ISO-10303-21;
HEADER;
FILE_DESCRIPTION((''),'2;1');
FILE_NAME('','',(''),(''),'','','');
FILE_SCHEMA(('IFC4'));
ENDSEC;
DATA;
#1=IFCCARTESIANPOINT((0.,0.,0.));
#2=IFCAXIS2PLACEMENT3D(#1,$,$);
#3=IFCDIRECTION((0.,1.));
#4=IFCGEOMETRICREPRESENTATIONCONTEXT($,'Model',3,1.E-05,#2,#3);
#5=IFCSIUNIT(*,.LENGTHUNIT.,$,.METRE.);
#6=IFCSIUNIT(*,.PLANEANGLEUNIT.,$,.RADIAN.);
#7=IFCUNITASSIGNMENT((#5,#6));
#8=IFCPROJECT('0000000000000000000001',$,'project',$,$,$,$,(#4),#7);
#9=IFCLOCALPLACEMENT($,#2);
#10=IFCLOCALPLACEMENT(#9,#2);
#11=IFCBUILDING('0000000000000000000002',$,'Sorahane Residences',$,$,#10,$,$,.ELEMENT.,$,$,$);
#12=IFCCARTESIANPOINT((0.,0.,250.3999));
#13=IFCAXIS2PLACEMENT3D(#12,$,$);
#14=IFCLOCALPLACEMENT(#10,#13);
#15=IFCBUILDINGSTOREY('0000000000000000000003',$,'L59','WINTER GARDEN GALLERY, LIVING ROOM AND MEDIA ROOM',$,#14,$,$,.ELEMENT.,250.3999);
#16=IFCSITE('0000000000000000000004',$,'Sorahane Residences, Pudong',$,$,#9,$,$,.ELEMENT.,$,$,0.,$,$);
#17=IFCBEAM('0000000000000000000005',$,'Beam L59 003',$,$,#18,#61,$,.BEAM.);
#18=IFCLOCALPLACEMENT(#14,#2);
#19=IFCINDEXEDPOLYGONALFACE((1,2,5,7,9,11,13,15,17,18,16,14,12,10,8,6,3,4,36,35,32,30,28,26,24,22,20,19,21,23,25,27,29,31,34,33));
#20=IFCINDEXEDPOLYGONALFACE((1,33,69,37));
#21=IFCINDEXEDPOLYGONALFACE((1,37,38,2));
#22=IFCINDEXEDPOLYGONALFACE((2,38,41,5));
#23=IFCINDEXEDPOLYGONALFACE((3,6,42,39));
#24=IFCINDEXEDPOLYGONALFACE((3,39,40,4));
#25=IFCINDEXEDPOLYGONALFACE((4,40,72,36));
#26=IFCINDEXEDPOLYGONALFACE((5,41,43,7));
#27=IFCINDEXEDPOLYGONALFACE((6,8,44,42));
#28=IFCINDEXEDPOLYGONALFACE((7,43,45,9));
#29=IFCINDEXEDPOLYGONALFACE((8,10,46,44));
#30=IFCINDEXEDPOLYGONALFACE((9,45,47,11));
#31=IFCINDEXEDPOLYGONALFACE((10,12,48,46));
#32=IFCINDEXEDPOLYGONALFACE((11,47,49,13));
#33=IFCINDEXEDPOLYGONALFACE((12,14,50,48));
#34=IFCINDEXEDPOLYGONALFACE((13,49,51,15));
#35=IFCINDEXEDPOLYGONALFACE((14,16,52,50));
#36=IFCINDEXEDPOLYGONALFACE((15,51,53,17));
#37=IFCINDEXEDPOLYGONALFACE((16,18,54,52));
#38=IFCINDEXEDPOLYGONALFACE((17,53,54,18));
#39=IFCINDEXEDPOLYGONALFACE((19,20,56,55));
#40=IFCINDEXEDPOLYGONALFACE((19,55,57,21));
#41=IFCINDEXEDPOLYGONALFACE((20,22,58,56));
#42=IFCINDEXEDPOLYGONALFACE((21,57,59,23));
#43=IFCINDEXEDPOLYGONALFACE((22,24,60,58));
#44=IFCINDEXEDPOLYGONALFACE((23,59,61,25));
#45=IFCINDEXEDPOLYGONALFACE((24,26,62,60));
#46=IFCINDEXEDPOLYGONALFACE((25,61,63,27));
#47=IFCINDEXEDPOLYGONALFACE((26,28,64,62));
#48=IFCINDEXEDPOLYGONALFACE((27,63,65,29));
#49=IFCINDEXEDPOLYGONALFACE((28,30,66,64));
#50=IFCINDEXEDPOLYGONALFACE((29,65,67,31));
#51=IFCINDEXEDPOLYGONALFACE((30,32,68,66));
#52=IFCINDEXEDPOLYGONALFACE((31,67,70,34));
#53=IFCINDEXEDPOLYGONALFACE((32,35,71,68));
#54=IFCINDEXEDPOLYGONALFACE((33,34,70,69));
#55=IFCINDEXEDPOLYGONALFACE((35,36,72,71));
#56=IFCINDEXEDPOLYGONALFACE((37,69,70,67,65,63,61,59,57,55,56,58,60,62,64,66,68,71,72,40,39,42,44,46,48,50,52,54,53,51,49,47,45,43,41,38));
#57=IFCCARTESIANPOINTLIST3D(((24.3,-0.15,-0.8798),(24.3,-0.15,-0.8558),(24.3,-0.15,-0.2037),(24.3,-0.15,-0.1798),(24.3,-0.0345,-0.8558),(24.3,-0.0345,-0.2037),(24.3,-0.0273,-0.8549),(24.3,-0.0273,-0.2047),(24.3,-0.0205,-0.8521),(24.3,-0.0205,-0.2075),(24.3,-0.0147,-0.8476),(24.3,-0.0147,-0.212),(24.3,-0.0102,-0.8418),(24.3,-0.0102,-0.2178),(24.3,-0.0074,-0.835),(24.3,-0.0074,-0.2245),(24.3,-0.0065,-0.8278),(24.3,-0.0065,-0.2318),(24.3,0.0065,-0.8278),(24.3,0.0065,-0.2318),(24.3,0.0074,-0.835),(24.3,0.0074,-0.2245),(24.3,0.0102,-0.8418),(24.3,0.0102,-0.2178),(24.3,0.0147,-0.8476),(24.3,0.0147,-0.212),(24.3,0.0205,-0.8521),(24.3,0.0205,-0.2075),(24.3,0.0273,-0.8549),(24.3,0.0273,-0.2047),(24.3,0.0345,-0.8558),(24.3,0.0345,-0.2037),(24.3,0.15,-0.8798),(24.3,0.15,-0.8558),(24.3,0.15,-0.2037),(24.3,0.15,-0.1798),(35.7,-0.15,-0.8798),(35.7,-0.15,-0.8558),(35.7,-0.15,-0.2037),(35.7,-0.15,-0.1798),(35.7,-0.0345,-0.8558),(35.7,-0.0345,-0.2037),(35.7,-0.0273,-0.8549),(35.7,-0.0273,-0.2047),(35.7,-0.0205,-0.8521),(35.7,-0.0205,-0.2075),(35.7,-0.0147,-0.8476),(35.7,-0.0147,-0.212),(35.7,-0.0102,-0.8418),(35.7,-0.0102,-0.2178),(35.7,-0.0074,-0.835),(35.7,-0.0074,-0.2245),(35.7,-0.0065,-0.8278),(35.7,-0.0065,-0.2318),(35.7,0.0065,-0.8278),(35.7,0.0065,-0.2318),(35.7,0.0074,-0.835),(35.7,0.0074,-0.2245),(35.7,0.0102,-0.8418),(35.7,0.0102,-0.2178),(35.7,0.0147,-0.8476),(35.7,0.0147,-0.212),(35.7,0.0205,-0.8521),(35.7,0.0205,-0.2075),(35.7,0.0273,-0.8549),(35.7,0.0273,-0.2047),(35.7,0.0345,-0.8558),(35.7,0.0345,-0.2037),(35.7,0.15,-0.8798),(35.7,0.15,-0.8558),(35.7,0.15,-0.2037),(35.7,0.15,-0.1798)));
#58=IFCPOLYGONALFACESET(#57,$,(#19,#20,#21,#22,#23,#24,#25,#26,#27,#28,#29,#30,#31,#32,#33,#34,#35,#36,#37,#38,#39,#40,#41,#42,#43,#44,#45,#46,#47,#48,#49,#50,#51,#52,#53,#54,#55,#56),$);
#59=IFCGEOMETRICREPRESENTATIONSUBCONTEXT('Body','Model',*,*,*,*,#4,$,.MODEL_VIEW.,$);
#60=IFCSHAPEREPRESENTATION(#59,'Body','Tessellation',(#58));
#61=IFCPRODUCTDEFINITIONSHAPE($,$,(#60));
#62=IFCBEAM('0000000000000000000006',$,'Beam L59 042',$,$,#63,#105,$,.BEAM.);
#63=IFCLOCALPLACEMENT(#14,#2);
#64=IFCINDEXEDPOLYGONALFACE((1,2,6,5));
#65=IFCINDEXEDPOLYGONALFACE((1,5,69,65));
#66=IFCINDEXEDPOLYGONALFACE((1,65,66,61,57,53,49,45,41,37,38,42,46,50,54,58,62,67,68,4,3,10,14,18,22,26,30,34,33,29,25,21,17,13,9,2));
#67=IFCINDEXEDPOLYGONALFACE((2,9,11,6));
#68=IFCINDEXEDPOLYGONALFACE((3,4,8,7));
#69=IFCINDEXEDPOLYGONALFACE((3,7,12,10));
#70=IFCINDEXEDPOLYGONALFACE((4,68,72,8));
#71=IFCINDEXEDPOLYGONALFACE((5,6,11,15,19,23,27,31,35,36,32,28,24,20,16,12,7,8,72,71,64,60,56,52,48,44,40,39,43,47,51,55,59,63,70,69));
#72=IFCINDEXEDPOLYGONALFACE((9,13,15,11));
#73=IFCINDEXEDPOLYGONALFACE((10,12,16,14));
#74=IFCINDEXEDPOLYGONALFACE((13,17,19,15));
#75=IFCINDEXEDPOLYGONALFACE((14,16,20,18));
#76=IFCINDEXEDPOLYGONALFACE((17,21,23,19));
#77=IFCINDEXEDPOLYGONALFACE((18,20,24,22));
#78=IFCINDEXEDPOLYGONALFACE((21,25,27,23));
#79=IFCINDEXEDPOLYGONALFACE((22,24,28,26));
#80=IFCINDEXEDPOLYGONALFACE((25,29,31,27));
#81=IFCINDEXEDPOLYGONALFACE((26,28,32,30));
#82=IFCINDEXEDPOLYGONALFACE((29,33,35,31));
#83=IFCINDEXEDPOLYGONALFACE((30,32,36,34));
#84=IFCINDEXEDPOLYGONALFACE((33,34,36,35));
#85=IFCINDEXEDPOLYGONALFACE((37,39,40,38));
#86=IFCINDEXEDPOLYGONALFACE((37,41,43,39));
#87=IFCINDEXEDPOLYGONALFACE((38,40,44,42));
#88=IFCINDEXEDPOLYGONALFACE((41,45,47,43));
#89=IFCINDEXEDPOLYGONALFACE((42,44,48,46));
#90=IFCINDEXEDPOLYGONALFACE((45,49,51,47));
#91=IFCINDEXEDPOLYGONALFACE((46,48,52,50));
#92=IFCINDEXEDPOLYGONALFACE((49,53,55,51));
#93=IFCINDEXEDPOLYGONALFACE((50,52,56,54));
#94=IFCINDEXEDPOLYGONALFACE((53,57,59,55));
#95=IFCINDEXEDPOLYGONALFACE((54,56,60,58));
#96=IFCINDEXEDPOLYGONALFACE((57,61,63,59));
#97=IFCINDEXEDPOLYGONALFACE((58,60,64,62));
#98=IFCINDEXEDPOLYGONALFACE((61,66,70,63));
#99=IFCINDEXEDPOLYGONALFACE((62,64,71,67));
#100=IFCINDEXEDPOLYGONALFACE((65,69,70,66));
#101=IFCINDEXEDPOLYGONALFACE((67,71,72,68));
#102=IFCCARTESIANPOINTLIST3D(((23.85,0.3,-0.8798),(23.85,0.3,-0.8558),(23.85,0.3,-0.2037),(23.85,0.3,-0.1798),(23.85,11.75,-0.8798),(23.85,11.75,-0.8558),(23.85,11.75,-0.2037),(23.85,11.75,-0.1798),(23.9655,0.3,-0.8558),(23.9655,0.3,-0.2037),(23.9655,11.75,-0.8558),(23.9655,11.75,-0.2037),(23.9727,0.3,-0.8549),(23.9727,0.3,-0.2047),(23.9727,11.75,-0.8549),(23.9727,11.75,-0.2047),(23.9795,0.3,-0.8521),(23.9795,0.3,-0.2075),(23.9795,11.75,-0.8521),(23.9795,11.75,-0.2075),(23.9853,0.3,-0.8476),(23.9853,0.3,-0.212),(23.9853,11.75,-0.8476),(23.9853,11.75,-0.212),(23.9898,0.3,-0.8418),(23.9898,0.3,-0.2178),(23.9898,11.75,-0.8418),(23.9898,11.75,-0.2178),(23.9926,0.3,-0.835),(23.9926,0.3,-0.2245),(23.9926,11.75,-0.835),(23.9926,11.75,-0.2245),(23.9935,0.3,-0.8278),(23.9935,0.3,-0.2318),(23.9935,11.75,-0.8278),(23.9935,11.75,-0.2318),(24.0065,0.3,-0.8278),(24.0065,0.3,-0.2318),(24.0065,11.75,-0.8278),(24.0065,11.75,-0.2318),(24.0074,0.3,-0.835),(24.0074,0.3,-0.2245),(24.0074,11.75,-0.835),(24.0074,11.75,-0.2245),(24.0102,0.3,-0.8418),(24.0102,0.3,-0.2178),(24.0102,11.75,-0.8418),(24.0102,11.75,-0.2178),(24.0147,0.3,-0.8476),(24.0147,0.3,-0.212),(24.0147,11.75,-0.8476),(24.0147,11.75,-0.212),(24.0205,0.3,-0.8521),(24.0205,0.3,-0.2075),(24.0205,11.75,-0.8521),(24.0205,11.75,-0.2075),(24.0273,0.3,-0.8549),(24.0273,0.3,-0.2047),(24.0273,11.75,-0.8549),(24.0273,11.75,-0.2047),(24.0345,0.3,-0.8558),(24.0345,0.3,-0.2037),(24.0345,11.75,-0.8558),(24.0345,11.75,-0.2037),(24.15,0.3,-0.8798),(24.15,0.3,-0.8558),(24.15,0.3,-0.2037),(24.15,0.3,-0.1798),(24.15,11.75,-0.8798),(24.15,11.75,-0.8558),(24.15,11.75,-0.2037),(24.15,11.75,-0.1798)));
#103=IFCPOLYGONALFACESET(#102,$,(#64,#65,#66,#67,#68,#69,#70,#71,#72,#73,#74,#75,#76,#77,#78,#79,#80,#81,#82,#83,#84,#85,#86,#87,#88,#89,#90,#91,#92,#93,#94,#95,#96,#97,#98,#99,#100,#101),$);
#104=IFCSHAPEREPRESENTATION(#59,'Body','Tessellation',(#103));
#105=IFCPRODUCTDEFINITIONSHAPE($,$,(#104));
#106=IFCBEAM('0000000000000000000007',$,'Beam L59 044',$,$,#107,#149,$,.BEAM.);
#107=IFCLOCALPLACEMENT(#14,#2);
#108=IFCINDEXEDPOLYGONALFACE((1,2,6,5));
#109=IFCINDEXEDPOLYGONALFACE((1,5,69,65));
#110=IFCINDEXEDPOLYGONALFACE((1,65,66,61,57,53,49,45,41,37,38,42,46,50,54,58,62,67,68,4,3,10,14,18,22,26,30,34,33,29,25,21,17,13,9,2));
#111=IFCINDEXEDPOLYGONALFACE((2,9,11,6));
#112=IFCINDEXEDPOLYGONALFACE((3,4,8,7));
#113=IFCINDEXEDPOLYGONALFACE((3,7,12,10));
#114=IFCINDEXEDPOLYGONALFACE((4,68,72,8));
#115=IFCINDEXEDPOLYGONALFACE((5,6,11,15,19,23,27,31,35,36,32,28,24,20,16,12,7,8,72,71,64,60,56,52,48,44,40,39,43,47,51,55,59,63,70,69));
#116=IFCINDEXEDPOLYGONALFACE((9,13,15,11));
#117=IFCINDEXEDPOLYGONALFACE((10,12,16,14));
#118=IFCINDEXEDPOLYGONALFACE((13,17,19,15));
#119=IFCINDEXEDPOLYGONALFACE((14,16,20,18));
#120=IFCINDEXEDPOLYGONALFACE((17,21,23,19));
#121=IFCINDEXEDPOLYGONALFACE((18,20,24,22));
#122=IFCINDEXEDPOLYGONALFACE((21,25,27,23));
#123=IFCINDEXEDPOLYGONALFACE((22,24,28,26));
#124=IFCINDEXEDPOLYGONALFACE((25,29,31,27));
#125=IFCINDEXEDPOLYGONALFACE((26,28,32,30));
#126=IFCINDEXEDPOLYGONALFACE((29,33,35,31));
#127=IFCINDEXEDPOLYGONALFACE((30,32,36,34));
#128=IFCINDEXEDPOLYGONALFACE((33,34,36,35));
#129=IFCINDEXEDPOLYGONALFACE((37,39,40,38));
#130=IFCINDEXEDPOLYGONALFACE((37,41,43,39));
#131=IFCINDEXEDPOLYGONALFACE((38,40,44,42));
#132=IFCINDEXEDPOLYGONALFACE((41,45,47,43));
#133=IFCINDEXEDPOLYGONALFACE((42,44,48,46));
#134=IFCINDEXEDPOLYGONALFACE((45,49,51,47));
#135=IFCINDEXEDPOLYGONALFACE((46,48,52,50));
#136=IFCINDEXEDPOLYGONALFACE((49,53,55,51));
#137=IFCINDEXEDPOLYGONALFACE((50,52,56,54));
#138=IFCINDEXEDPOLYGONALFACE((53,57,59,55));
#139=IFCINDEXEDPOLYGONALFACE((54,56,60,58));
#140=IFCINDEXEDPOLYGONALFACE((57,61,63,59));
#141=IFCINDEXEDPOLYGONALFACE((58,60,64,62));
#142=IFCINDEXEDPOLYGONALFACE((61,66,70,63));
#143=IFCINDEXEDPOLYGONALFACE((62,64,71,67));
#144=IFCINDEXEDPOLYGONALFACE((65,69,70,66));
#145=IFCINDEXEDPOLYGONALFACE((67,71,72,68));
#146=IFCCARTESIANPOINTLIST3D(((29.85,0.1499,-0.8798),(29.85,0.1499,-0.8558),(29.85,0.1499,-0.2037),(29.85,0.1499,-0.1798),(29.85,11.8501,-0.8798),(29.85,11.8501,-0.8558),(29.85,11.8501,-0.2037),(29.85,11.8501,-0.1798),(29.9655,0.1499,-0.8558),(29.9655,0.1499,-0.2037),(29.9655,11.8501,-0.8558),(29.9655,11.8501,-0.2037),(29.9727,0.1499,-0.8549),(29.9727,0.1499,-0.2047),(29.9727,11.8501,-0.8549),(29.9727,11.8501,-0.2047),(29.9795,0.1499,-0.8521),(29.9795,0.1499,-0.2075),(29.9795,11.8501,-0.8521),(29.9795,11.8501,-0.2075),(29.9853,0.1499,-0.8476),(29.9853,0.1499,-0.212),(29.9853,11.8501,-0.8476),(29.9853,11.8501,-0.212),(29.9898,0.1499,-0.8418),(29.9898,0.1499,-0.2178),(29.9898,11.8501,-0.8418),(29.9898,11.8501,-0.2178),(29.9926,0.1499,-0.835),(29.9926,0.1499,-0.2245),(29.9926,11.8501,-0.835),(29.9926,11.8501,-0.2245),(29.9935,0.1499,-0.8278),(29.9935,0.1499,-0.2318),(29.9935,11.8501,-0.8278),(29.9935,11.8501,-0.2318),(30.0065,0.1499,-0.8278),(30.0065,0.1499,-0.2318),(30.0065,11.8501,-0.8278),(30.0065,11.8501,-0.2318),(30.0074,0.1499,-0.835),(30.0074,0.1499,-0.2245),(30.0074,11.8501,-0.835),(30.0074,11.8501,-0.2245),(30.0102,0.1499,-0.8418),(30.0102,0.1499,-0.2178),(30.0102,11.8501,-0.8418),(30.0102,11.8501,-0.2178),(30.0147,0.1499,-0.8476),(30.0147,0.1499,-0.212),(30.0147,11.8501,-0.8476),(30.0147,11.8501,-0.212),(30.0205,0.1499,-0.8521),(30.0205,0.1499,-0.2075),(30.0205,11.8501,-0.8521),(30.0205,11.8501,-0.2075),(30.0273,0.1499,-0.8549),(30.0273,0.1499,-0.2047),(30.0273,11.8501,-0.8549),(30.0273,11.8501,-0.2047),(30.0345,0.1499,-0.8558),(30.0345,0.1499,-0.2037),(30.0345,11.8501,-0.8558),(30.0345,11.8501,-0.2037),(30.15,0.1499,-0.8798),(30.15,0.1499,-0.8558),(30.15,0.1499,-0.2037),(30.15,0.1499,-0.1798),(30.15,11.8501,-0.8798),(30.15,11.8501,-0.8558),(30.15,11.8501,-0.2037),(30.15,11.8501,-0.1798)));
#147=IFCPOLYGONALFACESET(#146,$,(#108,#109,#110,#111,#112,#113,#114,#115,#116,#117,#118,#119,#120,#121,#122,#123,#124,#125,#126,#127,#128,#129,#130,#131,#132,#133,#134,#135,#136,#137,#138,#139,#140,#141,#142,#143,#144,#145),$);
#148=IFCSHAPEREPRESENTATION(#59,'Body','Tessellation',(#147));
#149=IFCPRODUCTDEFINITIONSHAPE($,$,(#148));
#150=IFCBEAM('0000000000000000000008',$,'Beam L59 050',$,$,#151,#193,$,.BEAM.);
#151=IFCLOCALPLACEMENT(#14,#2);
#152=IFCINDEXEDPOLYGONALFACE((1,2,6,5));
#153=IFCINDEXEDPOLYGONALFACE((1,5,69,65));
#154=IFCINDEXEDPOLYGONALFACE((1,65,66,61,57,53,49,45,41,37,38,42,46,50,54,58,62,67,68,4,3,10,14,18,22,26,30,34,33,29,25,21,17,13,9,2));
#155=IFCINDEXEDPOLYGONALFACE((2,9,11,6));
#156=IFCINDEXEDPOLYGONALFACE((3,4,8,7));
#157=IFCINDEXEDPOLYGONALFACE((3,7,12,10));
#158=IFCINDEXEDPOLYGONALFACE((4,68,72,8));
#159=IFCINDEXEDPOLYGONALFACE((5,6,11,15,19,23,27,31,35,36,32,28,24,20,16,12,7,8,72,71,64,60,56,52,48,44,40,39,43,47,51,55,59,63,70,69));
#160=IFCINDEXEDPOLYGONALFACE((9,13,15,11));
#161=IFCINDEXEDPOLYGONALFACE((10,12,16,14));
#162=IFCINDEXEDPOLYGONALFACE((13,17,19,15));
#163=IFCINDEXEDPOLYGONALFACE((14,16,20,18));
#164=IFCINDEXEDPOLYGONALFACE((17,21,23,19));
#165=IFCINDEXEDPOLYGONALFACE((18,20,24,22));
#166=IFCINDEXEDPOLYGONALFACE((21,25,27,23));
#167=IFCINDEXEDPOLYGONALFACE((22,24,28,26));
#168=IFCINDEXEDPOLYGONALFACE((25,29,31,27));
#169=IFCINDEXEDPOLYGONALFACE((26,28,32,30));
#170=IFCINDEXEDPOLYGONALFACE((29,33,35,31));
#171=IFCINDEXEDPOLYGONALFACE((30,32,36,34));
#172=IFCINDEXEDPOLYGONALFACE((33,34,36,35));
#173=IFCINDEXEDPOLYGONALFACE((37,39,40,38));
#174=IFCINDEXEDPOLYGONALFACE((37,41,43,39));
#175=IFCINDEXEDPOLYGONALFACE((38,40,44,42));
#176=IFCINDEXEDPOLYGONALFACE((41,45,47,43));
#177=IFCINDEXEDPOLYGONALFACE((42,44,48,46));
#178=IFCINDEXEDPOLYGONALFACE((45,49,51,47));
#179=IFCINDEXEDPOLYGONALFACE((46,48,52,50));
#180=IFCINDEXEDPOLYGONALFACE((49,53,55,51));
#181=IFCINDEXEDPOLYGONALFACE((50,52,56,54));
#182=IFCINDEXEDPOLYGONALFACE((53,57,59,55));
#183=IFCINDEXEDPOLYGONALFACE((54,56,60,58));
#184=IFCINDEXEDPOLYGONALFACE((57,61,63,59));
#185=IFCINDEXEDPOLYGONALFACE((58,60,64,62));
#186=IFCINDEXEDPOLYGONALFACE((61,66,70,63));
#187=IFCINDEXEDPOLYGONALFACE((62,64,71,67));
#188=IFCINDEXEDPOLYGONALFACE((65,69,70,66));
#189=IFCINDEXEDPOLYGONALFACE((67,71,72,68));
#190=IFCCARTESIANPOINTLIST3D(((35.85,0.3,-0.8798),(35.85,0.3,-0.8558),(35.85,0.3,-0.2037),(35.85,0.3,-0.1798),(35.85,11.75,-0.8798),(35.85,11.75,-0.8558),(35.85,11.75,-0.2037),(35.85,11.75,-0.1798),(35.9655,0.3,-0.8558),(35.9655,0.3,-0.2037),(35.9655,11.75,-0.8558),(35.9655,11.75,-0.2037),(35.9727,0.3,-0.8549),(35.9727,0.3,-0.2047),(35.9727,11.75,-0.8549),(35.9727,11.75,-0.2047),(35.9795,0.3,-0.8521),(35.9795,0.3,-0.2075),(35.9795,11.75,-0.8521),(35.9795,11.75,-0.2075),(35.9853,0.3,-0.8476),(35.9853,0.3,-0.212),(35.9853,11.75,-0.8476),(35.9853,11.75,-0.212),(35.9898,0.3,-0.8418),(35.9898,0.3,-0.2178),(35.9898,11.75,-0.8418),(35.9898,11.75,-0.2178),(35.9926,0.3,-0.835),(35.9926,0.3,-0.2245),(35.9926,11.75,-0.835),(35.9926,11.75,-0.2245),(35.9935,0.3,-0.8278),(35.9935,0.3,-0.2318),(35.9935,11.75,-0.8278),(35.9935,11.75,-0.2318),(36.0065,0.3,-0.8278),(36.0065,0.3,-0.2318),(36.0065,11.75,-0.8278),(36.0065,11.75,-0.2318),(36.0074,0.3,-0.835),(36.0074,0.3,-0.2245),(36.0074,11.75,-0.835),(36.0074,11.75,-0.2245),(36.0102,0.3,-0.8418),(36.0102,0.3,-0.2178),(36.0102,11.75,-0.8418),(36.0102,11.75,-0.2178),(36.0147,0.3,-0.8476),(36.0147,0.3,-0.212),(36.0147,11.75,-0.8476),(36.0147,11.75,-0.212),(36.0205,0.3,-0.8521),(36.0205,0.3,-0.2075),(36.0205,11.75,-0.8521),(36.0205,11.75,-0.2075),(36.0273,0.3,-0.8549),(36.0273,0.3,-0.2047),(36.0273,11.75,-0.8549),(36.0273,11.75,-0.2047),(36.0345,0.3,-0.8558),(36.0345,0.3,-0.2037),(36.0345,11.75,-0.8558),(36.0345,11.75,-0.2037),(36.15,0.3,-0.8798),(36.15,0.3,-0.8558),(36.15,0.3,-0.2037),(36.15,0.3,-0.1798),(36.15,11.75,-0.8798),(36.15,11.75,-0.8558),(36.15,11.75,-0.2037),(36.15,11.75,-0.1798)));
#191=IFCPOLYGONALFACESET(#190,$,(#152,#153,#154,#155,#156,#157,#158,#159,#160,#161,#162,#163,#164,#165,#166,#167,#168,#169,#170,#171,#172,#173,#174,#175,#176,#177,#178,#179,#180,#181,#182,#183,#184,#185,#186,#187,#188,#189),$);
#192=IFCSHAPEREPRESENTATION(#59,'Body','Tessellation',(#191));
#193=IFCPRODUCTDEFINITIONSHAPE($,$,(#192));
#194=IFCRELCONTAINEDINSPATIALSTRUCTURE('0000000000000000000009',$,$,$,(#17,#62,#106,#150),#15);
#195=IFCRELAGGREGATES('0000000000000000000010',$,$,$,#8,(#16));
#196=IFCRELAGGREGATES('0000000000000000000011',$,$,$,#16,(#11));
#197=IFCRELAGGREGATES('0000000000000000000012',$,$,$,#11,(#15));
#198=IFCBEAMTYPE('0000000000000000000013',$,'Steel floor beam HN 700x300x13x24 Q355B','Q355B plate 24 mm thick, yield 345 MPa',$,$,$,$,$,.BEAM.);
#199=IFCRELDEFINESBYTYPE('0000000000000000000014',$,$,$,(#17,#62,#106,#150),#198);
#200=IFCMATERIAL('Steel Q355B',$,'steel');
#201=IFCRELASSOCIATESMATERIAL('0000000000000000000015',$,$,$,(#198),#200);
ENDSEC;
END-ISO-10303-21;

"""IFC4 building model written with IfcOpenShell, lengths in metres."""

from ifc_helpers import new_model, si_unit, direction, frame, origin, origin_2d, place, context, subcontext, project, spatial, i_section, extrude, material, material_profile, profile_set, type_object, element, save


model = new_model("IFC4")

# Units and contexts
model_context = context("Model", 3, precision=1e-05, world=origin(), true_north=direction((0.0, 1.0)))
body_context = subcontext(model_context, "Body", "Model", "MODEL_VIEW")
ifc_project = project(units=[si_unit("LENGTHUNIT", "METRE"), si_unit("PLANEANGLEUNIT", "RADIAN")], contexts=[model_context])

# Site, building, storey
site_placement = place(None, origin())
site = spatial("IfcSite", under=ifc_project, at=site_placement, Name="Sorahane Residences, Pudong", CompositionType="ELEMENT", RefElevation=0.0)
building_placement = place(site_placement, origin())
building = spatial("IfcBuilding", under=site, at=building_placement, Name="Sorahane Residences", CompositionType="ELEMENT")
storey_placement = place(building_placement, frame((0.0, 0.0, 250.3999)))
storey = spatial("IfcBuildingStorey", under=building, at=storey_placement, Name="L59", Description="WINTER GARDEN GALLERY, LIVING ROOM AND MEDIA ROOM", CompositionType="ELEMENT", Elevation=250.3999)

# Beams
ifc_material_1 = material(Name="Steel Q355B", Category="steel")
ifc_material_profile_1 = material_profile(ifc_material_1, i_section(OverallWidth=0.3, OverallDepth=0.7, WebThickness=0.0129, FlangeThickness=0.0239, FilletRadius=0.0281, at=origin_2d()), Name="HN 700x300x13x24")
ifc_profile_set_1 = profile_set([ifc_material_profile_1], Name="Steel Q355B")
beam_type_1 = type_object("IfcBeamType", Name="Steel floor beam HN 700x300x13x24 Q355B", Description="Q355B plate 24 mm thick, yield 345 MPa", PredefinedType="BEAM", material=ifc_profile_set_1)
beam_1_placement = place(storey_placement, frame((24.3, 0.0, -0.5298), z_axis=(1.0, 0.0, 0.0), x_axis=(0.0, 1.0, 0.0)))
element("IfcBeam", 1, at=beam_1_placement, inside=storey, type_object=beam_type_1, Name="Beam L59 003", PredefinedType="BEAM", context=body_context, shape_type="SweptSolid", body=[
    extrude(i_section(OverallWidth=0.3, OverallDepth=0.7, WebThickness=0.0129, FlangeThickness=0.0239, FilletRadius=0.0281, at=origin_2d()), origin(), (0.0, 0.0, 1.0), 11.3999),
])
beam_2_placement = place(storey_placement, frame((24.0, 0.3, -0.5298), z_axis=(0.0, 1.0, 0.0), x_axis=(-1.0, 0.0, 0.0)))
element("IfcBeam", 2, at=beam_2_placement, inside=storey, type_object=beam_type_1, Name="Beam L59 042", PredefinedType="BEAM", context=body_context, shape_type="SweptSolid", body=[
    extrude(i_section(OverallWidth=0.3, OverallDepth=0.7, WebThickness=0.0129, FlangeThickness=0.0239, FilletRadius=0.0281, at=origin_2d()), origin(), (0.0, 0.0, 1.0), 11.45),
])
beam_3_placement = place(storey_placement, frame((30.0, 0.1499, -0.5298), z_axis=(0.0, 1.0, 0.0), x_axis=(-1.0, 0.0, 0.0)))
element("IfcBeam", 3, at=beam_3_placement, inside=storey, type_object=beam_type_1, Name="Beam L59 044", PredefinedType="BEAM", context=body_context, shape_type="SweptSolid", body=[
    extrude(i_section(OverallWidth=0.3, OverallDepth=0.7, WebThickness=0.0129, FlangeThickness=0.0239, FilletRadius=0.0281, at=origin_2d()), origin(), (0.0, 0.0, 1.0), 11.7002),
])
beam_4_placement = place(storey_placement, frame((36.0, 0.3, -0.5298), z_axis=(0.0, 1.0, 0.0), x_axis=(-1.0, 0.0, 0.0)))
element("IfcBeam", 4, at=beam_4_placement, inside=storey, type_object=beam_type_1, Name="Beam L59 050", PredefinedType="BEAM", context=body_context, shape_type="SweptSolid", body=[
    extrude(i_section(OverallWidth=0.3, OverallDepth=0.7, WebThickness=0.0129, FlangeThickness=0.0239, FilletRadius=0.0281, at=origin_2d()), origin(), (0.0, 0.0, 1.0), 11.45),
])

save(model, "model.ifc")
